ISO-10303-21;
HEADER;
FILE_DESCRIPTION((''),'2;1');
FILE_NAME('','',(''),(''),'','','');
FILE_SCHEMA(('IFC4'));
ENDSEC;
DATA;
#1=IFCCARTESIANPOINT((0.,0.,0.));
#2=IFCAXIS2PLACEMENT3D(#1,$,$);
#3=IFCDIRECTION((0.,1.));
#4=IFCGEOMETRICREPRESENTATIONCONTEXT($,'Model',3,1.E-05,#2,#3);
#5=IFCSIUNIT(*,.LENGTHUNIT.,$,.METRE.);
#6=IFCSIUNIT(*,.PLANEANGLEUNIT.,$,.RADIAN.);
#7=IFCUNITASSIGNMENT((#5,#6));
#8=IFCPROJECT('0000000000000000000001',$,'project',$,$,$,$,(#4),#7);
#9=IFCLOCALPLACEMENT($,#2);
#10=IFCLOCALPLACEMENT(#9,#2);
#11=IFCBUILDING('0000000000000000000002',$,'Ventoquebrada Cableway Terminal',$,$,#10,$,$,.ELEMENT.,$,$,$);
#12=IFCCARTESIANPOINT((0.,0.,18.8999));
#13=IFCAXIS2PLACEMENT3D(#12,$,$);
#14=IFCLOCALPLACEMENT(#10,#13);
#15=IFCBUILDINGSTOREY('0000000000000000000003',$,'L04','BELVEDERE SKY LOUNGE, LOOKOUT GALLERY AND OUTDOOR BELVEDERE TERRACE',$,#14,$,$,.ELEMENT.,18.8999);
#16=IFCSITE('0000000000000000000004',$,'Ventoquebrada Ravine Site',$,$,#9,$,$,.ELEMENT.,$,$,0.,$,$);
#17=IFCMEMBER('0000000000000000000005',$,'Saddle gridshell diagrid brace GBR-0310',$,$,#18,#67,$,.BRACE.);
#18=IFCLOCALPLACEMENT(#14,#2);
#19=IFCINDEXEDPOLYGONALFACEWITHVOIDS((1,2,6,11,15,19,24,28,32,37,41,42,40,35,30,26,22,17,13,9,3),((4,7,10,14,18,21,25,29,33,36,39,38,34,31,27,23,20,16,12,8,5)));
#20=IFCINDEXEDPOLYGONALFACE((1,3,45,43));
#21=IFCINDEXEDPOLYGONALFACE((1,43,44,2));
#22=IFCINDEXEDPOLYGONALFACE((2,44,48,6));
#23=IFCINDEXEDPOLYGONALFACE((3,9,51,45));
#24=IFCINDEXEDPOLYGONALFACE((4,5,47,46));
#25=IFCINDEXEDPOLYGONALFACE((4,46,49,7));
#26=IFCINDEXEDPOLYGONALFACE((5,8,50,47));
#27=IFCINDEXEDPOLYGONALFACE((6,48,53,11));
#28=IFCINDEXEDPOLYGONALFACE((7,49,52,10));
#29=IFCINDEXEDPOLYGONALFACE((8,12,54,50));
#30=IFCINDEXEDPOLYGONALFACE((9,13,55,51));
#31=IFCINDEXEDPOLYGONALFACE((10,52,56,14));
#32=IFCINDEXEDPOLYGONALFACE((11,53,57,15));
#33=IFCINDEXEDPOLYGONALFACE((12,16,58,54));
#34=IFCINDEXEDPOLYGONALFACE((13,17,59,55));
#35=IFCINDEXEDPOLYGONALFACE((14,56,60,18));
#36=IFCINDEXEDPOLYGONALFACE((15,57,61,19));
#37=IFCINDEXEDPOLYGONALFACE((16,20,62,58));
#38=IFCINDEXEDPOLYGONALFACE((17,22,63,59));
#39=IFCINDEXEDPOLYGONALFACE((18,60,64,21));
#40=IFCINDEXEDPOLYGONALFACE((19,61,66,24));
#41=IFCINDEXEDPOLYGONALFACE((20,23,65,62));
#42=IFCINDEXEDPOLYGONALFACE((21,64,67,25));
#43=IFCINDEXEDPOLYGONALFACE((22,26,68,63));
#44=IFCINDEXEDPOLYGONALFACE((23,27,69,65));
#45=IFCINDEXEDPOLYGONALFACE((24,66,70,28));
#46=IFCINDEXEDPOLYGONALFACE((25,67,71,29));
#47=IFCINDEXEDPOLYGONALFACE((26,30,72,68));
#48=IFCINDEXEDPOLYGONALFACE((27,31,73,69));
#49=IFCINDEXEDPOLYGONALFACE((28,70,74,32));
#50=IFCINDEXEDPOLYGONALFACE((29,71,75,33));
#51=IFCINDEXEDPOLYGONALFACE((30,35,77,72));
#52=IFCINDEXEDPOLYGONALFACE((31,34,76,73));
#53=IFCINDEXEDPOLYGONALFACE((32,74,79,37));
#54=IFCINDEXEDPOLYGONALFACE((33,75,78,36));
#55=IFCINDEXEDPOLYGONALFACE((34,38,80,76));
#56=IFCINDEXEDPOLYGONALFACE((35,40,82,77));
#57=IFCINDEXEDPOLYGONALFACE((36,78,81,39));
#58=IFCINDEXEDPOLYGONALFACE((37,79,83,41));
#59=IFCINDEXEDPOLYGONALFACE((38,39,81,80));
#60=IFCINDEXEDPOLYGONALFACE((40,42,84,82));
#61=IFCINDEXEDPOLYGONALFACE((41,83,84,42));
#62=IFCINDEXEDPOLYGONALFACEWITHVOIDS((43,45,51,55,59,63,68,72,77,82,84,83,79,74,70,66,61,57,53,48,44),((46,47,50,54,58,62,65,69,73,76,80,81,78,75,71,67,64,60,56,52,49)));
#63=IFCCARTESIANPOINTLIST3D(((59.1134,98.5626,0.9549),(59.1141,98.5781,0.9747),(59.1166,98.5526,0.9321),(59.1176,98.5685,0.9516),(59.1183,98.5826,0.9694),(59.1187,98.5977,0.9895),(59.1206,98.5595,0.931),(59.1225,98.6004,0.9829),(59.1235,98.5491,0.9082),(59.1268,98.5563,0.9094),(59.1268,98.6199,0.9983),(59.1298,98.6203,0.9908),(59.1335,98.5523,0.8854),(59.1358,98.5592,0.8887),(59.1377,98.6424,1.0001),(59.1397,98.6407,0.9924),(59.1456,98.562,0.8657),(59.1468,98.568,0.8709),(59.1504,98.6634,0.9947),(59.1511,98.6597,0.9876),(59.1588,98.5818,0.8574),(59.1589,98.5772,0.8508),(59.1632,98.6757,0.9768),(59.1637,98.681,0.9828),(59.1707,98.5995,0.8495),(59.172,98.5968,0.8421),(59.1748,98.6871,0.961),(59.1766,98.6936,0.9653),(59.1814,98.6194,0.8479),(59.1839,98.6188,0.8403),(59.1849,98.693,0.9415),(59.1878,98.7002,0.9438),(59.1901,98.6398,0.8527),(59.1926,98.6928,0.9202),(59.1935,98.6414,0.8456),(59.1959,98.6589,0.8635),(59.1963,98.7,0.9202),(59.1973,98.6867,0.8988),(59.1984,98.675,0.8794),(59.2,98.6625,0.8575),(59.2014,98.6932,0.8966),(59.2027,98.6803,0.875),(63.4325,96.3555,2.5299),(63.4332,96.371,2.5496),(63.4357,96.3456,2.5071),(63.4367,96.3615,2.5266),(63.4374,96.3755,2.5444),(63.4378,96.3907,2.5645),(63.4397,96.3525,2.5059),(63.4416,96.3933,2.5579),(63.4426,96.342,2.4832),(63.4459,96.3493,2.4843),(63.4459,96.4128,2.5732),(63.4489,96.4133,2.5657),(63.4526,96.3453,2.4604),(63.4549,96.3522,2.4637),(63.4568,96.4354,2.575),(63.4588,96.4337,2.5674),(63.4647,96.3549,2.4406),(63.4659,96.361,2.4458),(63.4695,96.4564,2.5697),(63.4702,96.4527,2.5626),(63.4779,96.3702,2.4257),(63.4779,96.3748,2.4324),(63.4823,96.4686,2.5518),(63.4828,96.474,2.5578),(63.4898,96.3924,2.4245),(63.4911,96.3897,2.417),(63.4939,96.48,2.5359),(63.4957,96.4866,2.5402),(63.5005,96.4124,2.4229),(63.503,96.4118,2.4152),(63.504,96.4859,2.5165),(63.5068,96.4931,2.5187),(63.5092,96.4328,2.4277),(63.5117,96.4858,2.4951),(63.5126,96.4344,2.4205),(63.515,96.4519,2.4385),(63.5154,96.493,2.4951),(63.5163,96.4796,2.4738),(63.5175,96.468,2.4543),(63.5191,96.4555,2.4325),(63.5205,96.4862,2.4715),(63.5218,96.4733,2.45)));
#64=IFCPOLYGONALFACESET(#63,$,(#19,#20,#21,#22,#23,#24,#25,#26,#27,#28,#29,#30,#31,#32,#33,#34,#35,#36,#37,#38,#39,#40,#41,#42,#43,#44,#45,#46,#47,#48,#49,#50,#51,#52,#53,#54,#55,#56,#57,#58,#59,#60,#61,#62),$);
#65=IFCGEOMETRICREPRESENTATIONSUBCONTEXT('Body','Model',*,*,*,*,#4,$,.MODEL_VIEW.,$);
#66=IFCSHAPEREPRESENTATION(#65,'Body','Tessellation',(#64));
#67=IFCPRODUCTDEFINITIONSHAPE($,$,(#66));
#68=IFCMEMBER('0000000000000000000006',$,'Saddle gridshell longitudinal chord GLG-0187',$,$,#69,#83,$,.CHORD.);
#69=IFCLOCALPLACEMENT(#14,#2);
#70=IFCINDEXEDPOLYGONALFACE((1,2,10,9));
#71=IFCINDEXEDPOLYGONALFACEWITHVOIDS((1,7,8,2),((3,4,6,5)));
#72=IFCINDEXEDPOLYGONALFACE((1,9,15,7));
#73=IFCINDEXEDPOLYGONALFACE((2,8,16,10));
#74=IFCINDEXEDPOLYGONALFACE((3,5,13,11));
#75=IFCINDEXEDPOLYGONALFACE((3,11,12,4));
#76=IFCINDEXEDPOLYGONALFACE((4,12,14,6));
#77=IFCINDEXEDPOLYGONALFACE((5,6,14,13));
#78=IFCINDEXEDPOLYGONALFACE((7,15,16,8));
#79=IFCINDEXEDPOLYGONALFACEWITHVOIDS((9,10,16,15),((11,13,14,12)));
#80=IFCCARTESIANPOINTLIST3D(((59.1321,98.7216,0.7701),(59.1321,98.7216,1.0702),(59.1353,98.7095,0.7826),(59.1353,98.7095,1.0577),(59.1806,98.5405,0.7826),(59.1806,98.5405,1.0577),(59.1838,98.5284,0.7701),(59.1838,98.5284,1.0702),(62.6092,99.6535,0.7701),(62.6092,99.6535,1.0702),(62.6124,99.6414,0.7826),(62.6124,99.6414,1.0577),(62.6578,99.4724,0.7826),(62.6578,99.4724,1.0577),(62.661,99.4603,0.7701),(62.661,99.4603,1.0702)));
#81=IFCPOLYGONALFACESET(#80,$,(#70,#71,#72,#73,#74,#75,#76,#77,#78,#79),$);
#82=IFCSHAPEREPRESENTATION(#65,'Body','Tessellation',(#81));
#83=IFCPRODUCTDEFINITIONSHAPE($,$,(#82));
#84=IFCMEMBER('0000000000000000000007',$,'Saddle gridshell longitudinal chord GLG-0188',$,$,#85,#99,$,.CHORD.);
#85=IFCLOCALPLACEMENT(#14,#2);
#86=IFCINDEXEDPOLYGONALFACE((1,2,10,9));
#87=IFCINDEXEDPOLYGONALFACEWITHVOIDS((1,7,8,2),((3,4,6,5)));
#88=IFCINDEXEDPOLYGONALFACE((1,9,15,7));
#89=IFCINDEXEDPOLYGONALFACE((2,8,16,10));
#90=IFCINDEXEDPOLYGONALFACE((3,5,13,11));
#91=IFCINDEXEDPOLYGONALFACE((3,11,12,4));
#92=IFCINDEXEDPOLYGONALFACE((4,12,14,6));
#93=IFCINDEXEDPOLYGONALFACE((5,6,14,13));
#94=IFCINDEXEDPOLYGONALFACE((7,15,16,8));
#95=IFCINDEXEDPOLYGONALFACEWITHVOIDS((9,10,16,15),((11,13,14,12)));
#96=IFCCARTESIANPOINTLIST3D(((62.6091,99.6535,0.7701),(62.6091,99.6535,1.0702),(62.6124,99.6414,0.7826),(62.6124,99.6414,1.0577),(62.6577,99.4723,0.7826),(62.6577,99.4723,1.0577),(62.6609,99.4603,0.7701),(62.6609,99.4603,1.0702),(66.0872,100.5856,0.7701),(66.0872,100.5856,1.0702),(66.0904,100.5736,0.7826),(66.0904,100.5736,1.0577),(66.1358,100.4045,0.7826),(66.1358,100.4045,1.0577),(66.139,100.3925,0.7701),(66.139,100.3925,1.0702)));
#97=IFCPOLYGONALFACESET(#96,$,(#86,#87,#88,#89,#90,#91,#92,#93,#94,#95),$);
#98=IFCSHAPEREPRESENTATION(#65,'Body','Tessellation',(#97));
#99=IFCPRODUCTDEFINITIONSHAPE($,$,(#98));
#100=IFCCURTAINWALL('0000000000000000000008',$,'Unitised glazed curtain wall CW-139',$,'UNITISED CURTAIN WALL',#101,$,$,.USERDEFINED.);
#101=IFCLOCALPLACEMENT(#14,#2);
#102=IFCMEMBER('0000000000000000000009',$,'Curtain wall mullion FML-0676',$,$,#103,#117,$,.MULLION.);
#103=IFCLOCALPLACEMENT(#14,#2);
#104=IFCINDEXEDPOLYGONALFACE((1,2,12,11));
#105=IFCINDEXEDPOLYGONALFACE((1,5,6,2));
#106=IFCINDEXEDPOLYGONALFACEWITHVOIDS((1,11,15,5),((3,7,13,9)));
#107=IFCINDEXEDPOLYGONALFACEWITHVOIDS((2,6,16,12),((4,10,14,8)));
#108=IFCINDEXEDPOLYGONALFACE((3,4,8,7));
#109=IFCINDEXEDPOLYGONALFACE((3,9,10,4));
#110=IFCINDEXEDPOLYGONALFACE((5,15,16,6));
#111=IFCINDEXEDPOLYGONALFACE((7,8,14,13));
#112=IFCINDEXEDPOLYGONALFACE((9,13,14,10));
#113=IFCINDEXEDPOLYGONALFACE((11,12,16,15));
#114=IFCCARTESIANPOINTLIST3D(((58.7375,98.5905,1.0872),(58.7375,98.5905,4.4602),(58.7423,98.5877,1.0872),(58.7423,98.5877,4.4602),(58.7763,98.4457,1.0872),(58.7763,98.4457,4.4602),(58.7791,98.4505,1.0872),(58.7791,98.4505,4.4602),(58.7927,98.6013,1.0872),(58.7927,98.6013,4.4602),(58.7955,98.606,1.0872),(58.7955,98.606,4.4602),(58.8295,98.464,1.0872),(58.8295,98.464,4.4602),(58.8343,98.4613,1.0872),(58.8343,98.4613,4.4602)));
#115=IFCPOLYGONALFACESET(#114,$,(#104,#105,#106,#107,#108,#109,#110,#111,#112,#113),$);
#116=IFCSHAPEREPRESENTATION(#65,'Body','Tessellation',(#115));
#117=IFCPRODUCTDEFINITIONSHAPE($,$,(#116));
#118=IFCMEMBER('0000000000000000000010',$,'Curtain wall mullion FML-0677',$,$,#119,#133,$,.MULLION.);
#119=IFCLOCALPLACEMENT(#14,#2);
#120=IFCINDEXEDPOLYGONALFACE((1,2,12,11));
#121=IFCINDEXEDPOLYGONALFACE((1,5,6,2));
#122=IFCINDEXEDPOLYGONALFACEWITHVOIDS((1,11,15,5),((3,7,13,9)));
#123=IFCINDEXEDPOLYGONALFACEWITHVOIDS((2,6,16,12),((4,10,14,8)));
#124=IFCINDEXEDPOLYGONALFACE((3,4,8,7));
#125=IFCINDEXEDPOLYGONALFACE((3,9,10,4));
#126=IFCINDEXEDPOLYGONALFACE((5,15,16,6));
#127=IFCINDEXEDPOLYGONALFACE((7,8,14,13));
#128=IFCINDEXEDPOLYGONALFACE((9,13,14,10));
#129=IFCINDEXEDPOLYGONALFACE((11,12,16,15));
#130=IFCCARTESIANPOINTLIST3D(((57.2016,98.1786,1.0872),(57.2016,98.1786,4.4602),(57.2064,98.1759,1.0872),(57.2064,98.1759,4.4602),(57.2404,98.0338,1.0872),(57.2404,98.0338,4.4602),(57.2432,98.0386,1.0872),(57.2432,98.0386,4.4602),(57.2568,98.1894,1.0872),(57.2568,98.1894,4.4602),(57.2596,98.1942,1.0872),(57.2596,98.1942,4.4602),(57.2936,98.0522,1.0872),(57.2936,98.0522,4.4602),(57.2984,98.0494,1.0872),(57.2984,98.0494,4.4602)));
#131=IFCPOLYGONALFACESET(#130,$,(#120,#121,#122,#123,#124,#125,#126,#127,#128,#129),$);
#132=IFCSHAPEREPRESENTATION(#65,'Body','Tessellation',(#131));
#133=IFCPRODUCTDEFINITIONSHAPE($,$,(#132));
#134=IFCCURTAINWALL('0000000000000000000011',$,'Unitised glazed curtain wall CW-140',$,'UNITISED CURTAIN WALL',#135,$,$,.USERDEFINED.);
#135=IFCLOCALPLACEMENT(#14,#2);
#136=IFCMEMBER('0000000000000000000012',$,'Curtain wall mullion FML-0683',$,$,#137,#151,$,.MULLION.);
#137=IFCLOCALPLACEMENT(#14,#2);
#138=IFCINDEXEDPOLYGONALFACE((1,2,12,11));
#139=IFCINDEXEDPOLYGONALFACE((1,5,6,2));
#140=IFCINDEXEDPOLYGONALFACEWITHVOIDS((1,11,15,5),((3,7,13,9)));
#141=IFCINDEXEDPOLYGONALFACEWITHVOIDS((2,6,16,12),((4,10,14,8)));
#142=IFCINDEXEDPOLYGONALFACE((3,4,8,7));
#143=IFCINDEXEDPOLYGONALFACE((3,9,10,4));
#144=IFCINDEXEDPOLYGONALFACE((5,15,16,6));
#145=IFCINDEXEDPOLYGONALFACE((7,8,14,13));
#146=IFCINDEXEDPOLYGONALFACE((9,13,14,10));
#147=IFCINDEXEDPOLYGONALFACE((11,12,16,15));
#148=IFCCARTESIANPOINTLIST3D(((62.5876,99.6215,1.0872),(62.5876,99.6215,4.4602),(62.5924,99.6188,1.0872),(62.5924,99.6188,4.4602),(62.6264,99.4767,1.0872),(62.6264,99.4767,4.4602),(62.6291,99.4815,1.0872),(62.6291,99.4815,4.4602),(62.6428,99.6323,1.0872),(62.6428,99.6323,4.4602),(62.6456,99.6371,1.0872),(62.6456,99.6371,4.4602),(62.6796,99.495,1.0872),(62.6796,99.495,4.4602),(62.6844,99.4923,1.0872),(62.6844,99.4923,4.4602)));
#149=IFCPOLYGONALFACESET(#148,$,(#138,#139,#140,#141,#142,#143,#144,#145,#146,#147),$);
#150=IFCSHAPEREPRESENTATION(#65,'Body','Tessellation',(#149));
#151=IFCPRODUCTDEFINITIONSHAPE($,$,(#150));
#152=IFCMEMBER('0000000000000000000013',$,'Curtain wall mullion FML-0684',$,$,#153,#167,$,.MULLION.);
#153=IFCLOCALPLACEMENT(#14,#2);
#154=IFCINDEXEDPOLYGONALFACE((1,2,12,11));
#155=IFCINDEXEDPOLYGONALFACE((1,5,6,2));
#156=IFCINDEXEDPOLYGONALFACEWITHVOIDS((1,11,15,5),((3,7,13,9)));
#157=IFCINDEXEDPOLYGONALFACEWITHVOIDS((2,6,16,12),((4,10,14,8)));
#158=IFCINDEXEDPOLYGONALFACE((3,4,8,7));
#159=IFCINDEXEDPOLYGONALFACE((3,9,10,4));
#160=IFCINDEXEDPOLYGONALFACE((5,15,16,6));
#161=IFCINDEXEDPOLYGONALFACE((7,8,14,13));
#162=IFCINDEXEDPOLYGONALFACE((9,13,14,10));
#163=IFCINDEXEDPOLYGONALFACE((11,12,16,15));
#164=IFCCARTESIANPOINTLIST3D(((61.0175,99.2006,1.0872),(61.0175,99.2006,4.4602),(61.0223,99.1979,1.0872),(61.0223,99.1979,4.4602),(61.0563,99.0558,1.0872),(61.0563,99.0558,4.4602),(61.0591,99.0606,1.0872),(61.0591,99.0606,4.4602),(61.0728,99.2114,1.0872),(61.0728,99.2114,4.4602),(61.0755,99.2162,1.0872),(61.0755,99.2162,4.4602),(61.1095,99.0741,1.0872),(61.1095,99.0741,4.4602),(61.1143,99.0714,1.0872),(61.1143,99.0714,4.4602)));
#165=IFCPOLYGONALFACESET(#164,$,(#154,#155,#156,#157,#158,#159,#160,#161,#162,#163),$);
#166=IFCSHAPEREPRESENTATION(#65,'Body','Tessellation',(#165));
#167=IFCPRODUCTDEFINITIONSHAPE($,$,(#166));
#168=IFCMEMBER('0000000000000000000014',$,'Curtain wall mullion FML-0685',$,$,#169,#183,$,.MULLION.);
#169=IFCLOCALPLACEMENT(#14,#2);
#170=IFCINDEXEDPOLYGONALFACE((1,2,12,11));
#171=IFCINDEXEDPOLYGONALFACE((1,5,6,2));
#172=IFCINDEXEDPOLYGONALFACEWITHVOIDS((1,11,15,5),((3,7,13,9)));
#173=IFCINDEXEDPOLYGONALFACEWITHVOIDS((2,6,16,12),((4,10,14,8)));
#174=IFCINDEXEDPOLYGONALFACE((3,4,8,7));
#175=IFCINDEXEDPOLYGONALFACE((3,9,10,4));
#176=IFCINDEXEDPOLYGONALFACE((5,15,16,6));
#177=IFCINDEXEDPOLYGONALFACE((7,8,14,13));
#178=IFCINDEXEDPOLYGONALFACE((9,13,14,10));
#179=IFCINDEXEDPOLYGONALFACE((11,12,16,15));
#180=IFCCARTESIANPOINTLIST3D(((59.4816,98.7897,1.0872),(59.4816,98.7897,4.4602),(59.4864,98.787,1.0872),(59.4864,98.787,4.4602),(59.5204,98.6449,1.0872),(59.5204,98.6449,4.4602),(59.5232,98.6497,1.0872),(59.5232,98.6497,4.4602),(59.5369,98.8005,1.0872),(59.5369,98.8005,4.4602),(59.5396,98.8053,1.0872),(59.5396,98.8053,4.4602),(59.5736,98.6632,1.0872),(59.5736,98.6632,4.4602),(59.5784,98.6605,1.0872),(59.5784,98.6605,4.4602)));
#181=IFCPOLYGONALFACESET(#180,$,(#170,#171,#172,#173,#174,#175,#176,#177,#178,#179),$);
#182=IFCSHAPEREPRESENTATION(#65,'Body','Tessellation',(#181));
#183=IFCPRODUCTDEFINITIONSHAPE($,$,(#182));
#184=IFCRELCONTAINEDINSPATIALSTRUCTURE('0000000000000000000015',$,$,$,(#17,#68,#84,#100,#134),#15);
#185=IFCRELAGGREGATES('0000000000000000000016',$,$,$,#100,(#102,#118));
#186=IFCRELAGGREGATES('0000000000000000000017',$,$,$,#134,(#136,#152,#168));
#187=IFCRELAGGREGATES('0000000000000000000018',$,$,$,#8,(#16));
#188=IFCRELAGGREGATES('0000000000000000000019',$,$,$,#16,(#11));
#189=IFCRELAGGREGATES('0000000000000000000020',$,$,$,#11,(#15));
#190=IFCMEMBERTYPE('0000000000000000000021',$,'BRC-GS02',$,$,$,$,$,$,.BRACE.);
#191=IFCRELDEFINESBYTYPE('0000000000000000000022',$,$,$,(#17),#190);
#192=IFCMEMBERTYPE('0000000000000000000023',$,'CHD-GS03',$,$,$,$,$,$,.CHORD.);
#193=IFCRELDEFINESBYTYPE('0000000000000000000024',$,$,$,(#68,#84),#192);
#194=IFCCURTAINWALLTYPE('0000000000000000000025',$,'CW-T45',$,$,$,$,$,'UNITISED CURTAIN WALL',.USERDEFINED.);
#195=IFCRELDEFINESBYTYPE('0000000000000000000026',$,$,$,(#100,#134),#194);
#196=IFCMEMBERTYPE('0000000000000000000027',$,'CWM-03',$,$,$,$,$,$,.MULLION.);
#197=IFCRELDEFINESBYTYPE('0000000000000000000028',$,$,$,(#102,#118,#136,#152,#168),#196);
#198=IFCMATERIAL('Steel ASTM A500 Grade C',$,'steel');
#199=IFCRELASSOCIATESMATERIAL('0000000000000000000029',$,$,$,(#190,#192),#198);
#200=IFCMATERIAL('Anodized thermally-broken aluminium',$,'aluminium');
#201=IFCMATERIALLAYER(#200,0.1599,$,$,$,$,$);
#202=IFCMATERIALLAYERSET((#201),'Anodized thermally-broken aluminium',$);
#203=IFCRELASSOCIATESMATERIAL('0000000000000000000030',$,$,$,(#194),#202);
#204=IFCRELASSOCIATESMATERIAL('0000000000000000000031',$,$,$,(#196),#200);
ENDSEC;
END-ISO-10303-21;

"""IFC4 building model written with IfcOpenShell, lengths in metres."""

from ifc_helpers import new_model, si_unit, direction, frame, origin, origin_2d, place, context, subcontext, project, spatial, hollow_rectangle, hollow_circle, extrude, material, layer, layer_set, material_profile, profile_set, type_object, element, aggregate, save


model = new_model("IFC4")

# Units and contexts
model_context = context("Model", 3, precision=1e-05, world=origin(), true_north=direction((0.0, 1.0)))
body_context = subcontext(model_context, "Body", "Model", "MODEL_VIEW")
ifc_project = project(units=[si_unit("LENGTHUNIT", "METRE"), si_unit("PLANEANGLEUNIT", "RADIAN")], contexts=[model_context])

# Site, building, storey
site_placement = place(None, origin())
site = spatial("IfcSite", under=ifc_project, at=site_placement, Name="Ventoquebrada Ravine Site", CompositionType="ELEMENT", RefElevation=0.0)
building_placement = place(site_placement, origin())
building = spatial("IfcBuilding", under=site, at=building_placement, Name="Ventoquebrada Cableway Terminal", CompositionType="ELEMENT")
storey_placement = place(building_placement, frame((0.0, 0.0, 18.8999)))
storey = spatial("IfcBuildingStorey", under=building, at=storey_placement, Name="L04", Description="BELVEDERE SKY LOUNGE, LOOKOUT GALLERY AND OUTDOOR BELVEDERE TERRACE", CompositionType="ELEMENT", Elevation=18.8999)

# Members
ifc_material_1 = material(Name="Steel ASTM A500 Grade C", Category="steel")
ifc_material_profile_1 = material_profile(ifc_material_1, hollow_circle(Radius=0.0842, WallThickness=0.0081, at=origin_2d()), Name="CHS168.3X8")
ifc_profile_set_1 = profile_set([ifc_material_profile_1], Name="Steel ASTM A500 Grade C")
member_type_1 = type_object("IfcMemberType", Name="BRC-GS02", PredefinedType="BRACE", material=ifc_profile_set_1)
member_1_placement = place(storey_placement, frame((59.158, 98.625, 0.9202), z_axis=(0.846946, -0.432784, 0.308838), x_axis=(0.455029, 0.890477, 0.0)))
element("IfcMember", 1, at=member_1_placement, inside=storey, type_object=member_type_1, Name="Saddle gridshell diagrid brace GBR-0310", PredefinedType="BRACE", context=body_context, shape_type="SweptSolid", body=[
    extrude(hollow_circle(Radius=0.0842, WallThickness=0.0081, at=origin_2d()), origin(), (0.0, 0.0, 1.0), 5.0996),
])
ifc_material_profile_2 = material_profile(ifc_material_1, hollow_rectangle(XDim=0.2, YDim=0.3, WallThickness=0.0125, at=origin_2d()), Name="RHS300X200X12.5")
ifc_profile_set_2 = profile_set([ifc_material_profile_2], Name="Steel ASTM A500 Grade C")
member_type_2 = type_object("IfcMemberType", Name="CHD-GS03", PredefinedType="CHORD", material=ifc_profile_set_2)
member_2_placement = place(storey_placement, frame((59.158, 98.625, 0.9202), z_axis=(0.965911, 0.258874, 0.0), x_axis=(-0.258874, 0.965911, 0.0)))
element("IfcMember", 2, at=member_2_placement, inside=storey, type_object=member_type_2, Name="Saddle gridshell longitudinal chord GLG-0187", PredefinedType="CHORD", context=body_context, shape_type="SweptSolid", body=[
    extrude(hollow_rectangle(XDim=0.2, YDim=0.3, WallThickness=0.0125, at=origin_2d()), origin(), (0.0, 0.0, 1.0), 3.5999),
])
member_3_placement = place(storey_placement, frame((62.635, 99.5569, 0.9202), z_axis=(0.965912, 0.258869, 0.0), x_axis=(-0.258869, 0.965912, 0.0)))
element("IfcMember", 3, at=member_3_placement, inside=storey, type_object=member_type_2, Name="Saddle gridshell longitudinal chord GLG-0188", PredefinedType="CHORD", context=body_context, shape_type="SweptSolid", body=[
    extrude(hollow_rectangle(XDim=0.2, YDim=0.3, WallThickness=0.0125, at=origin_2d()), origin(), (0.0, 0.0, 1.0), 3.6008),
])

# Curtain walls, members
ifc_material_2 = material(Name="Anodized thermally-broken aluminium", Category="aluminium")
ifc_layer_1 = layer(ifc_material_2, 0.1599)
ifc_layer_set_1 = layer_set([ifc_layer_1], Name="Anodized thermally-broken aluminium")
curtain_wall_type = type_object("IfcCurtainWallType", Name="CW-T45", ElementType="UNITISED CURTAIN WALL", PredefinedType="USERDEFINED", material=ifc_layer_set_1)
curtain_wall_1_placement = place(storey_placement, origin())
curtain_wall_1 = element("IfcCurtainWall", 4, at=curtain_wall_1_placement, inside=storey, type_object=curtain_wall_type, Name="Unitised glazed curtain wall CW-139", ObjectType="UNITISED CURTAIN WALL", PredefinedType="USERDEFINED")
ifc_material_profile_3 = material_profile(ifc_material_2, hollow_rectangle(XDim=0.0601, YDim=0.1499, WallThickness=0.0039, at=origin_2d()), Name="CW-MUL-60X150")
ifc_profile_set_3 = profile_set([ifc_material_profile_3], Name="Anodized thermally-broken aluminium")
member_type_3 = type_object("IfcMemberType", Name="CWM-03", PredefinedType="MULLION", material=ifc_profile_set_3)
member_4_placement = place(storey_placement, frame((58.7859, 98.5259, 1.0872), z_axis=(0.0, 0.0, 1.0), x_axis=(-0.965903, -0.258903, 0.0)))
member_4 = element("IfcMember", 5, at=member_4_placement, type_object=member_type_3, Name="Curtain wall mullion FML-0676", PredefinedType="MULLION", context=body_context, shape_type="SweptSolid", body=[
    extrude(hollow_rectangle(XDim=0.0601, YDim=0.1499, WallThickness=0.0039, at=origin_2d()), origin(), (0.0, 0.0, 1.0), 3.373),
])
member_5_placement = place(storey_placement, frame((57.25, 98.114, 1.0872), z_axis=(0.0, 0.0, 1.0), x_axis=(-0.965903, -0.258903, 0.0)))
member_5 = element("IfcMember", 6, at=member_5_placement, type_object=member_type_3, Name="Curtain wall mullion FML-0677", PredefinedType="MULLION", context=body_context, shape_type="SweptSolid", body=[
    extrude(hollow_rectangle(XDim=0.0601, YDim=0.1499, WallThickness=0.0039, at=origin_2d()), origin(), (0.0, 0.0, 1.0), 3.373),
])
curtain_wall_2_placement = place(storey_placement, origin())
curtain_wall_2 = element("IfcCurtainWall", 7, at=curtain_wall_2_placement, inside=storey, type_object=curtain_wall_type, Name="Unitised glazed curtain wall CW-140", ObjectType="UNITISED CURTAIN WALL", PredefinedType="USERDEFINED")
member_6_placement = place(storey_placement, frame((62.636, 99.5569, 1.0872), z_axis=(0.0, 0.0, 1.0), x_axis=(-0.965944, -0.258752, 0.0)))
member_6 = element("IfcMember", 8, at=member_6_placement, type_object=member_type_3, Name="Curtain wall mullion FML-0683", PredefinedType="MULLION", context=body_context, shape_type="SweptSolid", body=[
    extrude(hollow_rectangle(XDim=0.0601, YDim=0.1499, WallThickness=0.0039, at=origin_2d()), origin(), (0.0, 0.0, 1.0), 3.373),
])
member_7_placement = place(storey_placement, frame((61.0659, 99.136, 1.0872), z_axis=(0.0, 0.0, 1.0), x_axis=(-0.965944, -0.258752, 0.0)))
member_7 = element("IfcMember", 9, at=member_7_placement, type_object=member_type_3, Name="Curtain wall mullion FML-0684", PredefinedType="MULLION", context=body_context, shape_type="SweptSolid", body=[
    extrude(hollow_rectangle(XDim=0.0601, YDim=0.1499, WallThickness=0.0039, at=origin_2d()), origin(), (0.0, 0.0, 1.0), 3.373),
])
member_8_placement = place(storey_placement, frame((59.53, 98.7251, 1.0872), z_axis=(0.0, 0.0, 1.0), x_axis=(-0.965944, -0.258752, 0.0)))
member_8 = element("IfcMember", 10, at=member_8_placement, type_object=member_type_3, Name="Curtain wall mullion FML-0685", PredefinedType="MULLION", context=body_context, shape_type="SweptSolid", body=[
    extrude(hollow_rectangle(XDim=0.0601, YDim=0.1499, WallThickness=0.0039, at=origin_2d()), origin(), (0.0, 0.0, 1.0), 3.373),
])

aggregate(curtain_wall_1, [member_4, member_5])
aggregate(curtain_wall_2, [member_6, member_7, member_8])

save(model, "model.ifc")
